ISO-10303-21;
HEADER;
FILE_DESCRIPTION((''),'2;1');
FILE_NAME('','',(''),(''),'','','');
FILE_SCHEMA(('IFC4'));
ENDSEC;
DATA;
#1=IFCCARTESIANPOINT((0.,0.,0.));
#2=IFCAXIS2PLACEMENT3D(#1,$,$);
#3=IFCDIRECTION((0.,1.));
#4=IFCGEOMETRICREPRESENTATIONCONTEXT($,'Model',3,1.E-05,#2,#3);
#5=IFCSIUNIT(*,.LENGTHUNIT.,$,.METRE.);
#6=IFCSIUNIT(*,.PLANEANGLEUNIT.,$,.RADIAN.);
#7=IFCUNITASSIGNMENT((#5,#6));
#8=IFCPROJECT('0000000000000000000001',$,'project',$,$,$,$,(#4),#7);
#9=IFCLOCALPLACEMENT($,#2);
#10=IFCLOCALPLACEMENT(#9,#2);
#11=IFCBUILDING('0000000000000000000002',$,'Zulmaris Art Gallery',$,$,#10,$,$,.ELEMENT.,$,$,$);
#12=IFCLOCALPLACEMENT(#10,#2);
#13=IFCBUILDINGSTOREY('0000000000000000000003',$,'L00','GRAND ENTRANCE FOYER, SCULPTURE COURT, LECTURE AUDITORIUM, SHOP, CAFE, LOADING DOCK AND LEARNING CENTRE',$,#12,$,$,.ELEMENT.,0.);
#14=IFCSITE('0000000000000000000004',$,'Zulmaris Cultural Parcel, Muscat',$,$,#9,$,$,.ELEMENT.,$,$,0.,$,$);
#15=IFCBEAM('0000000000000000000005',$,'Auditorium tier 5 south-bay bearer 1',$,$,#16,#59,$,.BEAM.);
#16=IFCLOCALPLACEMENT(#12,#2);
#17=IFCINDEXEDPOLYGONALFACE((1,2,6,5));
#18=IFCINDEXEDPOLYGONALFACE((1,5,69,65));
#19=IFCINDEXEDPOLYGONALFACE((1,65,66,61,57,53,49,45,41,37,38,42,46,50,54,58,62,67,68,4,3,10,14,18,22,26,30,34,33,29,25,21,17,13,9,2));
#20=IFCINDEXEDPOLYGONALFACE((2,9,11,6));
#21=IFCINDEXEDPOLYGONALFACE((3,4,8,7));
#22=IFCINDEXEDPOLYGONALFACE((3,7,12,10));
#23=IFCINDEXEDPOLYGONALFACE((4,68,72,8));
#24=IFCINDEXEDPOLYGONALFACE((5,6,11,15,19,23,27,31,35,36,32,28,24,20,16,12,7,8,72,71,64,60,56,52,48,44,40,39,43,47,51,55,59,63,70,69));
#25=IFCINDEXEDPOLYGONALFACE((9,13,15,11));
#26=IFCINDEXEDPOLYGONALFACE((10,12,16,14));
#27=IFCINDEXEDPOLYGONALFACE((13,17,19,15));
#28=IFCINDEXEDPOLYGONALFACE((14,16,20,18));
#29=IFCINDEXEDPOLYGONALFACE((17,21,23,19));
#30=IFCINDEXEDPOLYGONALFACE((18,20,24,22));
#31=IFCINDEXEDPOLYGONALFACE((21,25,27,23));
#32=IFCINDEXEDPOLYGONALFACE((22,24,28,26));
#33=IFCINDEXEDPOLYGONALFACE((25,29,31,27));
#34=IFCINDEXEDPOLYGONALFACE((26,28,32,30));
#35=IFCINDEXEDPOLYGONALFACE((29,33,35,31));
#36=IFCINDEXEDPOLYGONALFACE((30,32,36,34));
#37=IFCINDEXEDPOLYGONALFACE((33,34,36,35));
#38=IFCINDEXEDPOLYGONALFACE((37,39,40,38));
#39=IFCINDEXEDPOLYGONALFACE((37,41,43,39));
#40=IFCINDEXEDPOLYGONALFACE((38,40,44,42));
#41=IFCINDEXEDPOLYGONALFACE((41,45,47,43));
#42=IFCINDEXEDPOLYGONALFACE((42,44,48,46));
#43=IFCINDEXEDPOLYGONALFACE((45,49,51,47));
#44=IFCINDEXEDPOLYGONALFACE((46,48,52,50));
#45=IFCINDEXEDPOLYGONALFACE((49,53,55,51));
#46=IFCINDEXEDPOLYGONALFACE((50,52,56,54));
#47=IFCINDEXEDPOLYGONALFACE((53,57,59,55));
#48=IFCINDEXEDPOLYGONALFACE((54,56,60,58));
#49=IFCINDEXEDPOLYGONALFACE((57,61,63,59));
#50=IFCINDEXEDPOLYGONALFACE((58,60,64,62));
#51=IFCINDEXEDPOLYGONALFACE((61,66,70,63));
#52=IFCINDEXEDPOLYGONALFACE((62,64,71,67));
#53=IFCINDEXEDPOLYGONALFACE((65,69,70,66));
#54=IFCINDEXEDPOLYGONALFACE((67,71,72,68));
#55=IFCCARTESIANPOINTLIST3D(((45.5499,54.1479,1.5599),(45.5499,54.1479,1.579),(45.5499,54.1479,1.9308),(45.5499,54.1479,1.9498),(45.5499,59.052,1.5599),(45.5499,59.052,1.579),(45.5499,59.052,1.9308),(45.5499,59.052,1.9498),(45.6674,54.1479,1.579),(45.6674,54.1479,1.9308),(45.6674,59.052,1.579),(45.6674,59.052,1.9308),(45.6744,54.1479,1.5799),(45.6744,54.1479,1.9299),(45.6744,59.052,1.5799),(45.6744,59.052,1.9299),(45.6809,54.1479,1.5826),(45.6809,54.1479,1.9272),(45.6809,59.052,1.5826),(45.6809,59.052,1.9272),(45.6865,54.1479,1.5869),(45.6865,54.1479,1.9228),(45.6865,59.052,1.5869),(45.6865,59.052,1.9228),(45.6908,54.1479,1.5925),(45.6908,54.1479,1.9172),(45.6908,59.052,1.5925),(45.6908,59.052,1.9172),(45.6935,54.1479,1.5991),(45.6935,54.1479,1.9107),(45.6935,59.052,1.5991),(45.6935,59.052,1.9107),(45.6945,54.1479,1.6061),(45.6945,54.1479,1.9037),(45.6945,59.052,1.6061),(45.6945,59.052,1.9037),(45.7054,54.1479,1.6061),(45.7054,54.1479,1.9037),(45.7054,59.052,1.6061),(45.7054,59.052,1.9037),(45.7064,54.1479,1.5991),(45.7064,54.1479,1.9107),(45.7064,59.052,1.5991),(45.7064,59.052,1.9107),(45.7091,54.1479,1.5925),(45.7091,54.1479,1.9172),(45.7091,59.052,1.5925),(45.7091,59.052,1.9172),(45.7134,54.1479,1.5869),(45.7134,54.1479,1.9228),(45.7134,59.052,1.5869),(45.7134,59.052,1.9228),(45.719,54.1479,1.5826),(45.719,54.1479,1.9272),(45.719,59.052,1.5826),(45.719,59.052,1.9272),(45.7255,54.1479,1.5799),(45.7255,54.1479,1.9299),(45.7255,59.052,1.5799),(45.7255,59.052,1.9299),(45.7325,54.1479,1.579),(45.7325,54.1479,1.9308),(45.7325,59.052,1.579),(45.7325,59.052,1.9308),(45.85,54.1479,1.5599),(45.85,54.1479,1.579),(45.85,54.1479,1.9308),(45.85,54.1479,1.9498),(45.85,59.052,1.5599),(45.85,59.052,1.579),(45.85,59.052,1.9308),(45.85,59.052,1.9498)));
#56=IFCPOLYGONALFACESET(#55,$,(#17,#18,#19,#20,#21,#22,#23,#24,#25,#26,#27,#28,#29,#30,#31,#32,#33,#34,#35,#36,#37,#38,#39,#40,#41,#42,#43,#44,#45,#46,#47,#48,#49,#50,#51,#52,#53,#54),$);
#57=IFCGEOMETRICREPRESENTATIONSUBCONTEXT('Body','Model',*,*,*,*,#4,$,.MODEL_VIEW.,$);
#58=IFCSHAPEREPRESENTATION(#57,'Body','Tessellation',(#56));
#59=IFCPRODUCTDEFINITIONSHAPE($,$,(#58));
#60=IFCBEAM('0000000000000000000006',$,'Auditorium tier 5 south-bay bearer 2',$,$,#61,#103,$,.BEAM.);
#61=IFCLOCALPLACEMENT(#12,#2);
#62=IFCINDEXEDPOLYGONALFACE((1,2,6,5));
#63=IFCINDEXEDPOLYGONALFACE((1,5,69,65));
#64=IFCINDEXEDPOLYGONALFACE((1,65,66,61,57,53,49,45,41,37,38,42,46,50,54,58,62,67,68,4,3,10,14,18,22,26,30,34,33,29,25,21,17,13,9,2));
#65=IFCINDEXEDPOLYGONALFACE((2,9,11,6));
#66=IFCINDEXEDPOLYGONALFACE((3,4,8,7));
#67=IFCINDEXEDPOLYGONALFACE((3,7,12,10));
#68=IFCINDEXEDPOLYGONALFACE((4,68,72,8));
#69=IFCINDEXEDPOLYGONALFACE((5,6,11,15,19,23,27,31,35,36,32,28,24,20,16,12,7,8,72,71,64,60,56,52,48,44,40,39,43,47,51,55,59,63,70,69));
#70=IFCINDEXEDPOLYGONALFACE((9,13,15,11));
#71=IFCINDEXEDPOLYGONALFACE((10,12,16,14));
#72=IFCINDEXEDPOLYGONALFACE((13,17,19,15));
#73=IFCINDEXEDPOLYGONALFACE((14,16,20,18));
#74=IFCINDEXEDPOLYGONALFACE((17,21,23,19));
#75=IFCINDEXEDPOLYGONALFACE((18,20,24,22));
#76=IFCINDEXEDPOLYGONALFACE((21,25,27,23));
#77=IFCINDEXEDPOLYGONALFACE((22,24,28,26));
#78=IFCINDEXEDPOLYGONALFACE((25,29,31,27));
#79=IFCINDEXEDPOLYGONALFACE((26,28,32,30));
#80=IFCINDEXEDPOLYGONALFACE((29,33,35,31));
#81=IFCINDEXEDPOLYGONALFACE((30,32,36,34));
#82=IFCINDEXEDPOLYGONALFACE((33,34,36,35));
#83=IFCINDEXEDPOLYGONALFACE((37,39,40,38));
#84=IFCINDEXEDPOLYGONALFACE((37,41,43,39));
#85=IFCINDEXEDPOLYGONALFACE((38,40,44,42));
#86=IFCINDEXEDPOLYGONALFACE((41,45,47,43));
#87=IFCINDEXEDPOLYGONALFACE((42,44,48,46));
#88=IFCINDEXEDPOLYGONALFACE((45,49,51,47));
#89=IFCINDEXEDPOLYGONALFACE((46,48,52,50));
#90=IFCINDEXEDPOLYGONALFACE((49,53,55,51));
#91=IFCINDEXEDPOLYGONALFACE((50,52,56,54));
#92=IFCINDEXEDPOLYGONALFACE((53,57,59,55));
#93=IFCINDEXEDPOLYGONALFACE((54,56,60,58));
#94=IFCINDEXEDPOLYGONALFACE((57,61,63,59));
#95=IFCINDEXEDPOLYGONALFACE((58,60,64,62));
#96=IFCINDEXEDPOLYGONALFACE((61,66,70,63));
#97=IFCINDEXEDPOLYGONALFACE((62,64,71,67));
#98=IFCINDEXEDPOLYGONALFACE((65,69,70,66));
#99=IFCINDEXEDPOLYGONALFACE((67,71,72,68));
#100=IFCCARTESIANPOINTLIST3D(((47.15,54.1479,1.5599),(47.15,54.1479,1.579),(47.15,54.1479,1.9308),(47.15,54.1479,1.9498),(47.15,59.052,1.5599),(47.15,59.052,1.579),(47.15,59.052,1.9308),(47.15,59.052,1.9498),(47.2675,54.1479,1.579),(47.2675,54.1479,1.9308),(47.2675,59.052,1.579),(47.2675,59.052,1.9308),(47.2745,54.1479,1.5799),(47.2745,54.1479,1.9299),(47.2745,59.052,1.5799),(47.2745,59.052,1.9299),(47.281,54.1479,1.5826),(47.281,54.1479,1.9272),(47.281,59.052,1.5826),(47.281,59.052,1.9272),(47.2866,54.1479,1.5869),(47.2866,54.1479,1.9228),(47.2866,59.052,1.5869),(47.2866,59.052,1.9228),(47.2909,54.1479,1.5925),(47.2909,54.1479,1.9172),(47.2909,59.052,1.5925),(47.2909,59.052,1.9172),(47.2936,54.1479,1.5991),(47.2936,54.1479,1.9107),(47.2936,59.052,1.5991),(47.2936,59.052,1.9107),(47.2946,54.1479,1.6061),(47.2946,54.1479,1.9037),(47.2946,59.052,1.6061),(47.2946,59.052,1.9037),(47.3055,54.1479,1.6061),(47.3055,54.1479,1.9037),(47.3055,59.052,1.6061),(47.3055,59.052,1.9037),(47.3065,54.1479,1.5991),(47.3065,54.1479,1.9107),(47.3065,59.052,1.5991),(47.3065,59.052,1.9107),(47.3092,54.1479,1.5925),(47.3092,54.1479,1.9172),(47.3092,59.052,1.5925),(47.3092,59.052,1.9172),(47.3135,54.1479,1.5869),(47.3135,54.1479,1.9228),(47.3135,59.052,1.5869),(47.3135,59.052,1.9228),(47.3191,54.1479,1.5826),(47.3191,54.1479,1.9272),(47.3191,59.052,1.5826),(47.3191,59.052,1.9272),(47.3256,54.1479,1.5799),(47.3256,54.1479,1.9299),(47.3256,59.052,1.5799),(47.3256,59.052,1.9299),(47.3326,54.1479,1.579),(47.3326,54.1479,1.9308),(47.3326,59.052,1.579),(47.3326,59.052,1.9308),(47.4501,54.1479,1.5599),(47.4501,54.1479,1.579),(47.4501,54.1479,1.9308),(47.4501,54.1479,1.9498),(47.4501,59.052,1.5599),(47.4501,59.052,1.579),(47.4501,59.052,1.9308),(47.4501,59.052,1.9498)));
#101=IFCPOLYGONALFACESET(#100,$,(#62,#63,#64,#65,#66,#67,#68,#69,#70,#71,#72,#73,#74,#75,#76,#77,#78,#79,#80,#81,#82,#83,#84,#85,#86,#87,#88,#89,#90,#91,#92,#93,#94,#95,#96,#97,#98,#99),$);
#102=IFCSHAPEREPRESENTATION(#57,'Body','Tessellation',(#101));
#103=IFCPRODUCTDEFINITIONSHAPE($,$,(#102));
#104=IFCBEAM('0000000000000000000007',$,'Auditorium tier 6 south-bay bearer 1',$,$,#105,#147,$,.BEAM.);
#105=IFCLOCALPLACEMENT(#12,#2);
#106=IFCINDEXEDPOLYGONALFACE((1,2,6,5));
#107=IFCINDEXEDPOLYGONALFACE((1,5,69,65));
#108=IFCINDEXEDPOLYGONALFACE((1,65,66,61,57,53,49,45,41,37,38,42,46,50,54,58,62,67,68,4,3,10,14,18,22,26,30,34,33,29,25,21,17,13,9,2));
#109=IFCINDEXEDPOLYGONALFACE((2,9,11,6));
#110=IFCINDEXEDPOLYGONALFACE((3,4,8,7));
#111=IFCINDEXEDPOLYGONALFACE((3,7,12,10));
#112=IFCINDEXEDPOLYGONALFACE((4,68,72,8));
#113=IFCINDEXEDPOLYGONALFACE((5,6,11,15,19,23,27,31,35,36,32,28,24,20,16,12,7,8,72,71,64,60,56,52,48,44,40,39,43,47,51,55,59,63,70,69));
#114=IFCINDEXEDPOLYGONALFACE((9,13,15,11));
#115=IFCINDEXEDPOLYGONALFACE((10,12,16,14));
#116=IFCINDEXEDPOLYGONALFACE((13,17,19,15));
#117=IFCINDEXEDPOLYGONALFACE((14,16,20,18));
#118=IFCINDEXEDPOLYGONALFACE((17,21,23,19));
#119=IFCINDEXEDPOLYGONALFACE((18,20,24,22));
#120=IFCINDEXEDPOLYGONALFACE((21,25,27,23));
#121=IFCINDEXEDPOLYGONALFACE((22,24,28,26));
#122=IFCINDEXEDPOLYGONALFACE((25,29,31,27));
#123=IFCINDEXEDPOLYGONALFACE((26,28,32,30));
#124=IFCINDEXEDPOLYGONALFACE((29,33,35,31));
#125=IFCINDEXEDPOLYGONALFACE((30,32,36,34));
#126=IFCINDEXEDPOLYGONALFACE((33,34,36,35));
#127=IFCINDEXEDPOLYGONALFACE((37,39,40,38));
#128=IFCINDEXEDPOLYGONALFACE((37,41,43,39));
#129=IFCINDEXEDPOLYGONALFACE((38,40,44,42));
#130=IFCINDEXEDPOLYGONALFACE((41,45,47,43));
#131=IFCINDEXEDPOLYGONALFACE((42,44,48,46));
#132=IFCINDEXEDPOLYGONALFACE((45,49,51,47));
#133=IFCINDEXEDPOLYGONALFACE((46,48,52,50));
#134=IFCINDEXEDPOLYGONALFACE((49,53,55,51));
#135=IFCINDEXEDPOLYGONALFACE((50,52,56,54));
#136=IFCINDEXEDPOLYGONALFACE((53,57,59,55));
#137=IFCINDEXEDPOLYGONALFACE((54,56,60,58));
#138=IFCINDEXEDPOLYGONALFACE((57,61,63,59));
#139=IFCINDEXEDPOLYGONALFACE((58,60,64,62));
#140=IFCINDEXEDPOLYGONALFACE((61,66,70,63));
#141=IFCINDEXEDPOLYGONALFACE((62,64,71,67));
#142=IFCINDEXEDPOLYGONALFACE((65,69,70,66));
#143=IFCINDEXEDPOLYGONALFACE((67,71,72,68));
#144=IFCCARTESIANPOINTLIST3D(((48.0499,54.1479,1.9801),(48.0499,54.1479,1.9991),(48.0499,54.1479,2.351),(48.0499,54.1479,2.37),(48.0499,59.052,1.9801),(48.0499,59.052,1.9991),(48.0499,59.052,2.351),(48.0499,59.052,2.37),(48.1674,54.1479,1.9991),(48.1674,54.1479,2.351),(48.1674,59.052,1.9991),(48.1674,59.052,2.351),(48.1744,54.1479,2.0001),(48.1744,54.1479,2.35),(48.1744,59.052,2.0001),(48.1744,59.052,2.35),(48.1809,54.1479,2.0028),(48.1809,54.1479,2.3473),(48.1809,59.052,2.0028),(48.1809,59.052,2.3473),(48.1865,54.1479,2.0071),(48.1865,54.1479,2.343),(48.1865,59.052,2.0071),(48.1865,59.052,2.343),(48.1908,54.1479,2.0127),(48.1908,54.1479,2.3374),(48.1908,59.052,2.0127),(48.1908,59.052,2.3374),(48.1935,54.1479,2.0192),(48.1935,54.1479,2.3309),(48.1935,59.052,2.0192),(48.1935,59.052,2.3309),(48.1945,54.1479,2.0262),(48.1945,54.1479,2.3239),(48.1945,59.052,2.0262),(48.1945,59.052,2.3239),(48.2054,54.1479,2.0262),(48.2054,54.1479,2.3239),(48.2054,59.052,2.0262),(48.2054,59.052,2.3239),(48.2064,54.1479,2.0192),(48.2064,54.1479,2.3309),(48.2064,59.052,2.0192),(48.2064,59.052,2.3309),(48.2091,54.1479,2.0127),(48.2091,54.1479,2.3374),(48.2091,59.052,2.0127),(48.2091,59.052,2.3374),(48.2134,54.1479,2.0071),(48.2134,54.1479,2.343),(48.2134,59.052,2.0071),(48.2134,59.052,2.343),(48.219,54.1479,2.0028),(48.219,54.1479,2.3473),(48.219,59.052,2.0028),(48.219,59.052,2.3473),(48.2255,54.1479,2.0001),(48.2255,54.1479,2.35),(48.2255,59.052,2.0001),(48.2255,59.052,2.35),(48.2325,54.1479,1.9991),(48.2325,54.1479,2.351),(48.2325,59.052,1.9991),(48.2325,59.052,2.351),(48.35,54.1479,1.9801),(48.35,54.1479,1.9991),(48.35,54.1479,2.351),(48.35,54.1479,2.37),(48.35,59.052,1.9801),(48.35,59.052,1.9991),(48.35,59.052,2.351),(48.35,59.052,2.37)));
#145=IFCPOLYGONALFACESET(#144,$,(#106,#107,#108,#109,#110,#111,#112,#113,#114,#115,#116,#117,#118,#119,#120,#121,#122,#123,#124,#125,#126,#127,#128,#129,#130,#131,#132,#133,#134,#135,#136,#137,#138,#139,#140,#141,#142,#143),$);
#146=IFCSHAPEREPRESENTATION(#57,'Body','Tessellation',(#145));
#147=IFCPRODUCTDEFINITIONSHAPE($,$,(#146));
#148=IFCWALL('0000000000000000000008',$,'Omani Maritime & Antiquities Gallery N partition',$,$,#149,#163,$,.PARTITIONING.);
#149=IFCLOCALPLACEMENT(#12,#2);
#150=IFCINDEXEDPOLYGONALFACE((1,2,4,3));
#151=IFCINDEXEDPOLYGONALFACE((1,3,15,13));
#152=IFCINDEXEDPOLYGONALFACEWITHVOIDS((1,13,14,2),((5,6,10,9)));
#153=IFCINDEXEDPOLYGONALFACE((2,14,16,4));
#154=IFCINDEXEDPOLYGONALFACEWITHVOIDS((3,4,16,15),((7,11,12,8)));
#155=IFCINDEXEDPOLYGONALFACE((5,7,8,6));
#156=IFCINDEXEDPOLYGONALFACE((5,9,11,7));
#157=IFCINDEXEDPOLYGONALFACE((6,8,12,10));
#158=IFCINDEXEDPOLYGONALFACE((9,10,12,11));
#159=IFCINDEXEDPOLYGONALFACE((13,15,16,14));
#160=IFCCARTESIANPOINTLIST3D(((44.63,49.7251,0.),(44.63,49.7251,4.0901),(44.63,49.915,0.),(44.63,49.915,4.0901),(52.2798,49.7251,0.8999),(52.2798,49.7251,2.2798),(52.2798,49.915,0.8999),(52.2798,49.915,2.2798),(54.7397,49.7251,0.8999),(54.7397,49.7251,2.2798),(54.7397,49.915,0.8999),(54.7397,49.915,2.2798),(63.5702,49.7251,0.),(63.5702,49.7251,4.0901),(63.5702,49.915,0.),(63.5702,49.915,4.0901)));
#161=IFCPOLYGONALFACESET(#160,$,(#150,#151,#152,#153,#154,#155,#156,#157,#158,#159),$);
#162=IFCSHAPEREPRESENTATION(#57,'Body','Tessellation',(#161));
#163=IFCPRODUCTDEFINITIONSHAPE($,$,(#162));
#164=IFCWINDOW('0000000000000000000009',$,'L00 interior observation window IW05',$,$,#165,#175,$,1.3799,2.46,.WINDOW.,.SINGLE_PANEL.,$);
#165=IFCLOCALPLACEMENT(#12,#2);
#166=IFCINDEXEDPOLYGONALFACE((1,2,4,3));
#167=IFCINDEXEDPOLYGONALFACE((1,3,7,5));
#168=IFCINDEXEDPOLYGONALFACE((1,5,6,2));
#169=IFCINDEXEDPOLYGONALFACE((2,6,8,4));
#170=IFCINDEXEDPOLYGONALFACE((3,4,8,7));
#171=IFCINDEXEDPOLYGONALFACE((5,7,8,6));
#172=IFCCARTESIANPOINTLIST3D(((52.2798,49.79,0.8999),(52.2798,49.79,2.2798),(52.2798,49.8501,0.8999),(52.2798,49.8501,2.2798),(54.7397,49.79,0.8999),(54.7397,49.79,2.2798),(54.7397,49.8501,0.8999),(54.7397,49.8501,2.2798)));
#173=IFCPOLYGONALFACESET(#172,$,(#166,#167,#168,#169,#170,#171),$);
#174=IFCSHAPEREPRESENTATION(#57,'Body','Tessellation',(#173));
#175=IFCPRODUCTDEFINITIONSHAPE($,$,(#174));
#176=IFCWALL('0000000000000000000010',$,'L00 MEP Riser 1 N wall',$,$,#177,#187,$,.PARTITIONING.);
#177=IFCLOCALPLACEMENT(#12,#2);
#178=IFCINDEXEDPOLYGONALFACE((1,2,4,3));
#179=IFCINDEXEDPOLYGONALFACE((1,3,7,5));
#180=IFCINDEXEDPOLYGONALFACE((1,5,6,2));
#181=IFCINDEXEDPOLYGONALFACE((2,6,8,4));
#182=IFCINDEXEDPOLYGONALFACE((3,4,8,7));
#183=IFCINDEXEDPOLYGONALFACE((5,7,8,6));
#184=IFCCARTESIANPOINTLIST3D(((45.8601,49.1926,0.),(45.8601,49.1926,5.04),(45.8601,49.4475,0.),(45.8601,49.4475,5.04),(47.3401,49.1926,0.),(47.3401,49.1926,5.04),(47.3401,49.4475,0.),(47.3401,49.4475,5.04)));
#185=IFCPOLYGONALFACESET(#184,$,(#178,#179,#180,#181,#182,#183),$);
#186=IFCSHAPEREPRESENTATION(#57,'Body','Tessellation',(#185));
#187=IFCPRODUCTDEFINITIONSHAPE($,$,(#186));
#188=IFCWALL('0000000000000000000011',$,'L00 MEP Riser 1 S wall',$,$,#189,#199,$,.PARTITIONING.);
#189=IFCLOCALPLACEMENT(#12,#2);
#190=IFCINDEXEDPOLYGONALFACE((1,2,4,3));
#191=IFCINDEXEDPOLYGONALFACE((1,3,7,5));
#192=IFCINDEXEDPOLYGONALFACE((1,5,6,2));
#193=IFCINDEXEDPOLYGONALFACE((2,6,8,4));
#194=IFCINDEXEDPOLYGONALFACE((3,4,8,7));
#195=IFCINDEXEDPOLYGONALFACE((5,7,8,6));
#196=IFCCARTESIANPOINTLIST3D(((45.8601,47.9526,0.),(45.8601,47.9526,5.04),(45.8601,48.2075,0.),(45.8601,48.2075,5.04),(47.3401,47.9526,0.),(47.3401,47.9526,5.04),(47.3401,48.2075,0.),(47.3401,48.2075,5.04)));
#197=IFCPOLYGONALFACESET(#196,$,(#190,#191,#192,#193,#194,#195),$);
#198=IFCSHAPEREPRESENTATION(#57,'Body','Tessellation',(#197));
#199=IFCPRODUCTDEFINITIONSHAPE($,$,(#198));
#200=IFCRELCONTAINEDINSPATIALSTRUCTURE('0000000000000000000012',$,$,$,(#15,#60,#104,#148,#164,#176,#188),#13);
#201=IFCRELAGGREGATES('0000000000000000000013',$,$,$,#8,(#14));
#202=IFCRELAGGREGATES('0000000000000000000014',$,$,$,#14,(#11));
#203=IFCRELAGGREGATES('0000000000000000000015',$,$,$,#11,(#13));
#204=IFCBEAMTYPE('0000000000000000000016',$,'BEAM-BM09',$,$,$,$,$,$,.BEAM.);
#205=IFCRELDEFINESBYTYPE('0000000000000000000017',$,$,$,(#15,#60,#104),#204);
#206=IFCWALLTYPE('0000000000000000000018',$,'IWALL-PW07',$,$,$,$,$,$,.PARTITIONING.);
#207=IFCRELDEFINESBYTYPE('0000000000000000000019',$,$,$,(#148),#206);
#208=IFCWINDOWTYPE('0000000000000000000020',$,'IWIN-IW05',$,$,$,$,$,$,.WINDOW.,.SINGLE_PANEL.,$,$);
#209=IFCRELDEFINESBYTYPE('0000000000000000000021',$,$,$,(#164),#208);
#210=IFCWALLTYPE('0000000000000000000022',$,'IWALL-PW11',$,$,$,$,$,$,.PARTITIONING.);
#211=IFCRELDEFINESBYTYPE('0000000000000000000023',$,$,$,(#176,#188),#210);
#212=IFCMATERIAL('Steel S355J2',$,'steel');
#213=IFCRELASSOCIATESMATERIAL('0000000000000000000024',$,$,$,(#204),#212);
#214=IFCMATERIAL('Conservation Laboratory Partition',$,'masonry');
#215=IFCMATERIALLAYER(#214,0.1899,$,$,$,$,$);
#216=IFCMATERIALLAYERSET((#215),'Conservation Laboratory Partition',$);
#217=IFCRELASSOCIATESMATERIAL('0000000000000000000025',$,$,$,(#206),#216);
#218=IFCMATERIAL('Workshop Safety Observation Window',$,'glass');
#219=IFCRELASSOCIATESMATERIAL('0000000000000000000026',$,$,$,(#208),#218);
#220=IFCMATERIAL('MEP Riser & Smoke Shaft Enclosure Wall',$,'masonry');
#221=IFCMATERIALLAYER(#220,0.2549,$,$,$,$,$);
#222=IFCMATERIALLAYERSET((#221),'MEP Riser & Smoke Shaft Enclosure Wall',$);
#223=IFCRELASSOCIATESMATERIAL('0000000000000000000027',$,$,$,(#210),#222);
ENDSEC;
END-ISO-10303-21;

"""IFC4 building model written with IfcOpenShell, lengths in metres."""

from ifc_helpers import new_model, si_unit, direction, frame, frame_2d, origin, origin_2d, place, context, subcontext, project, spatial, rectangle, i_section, extrude, material, layer, layer_set, material_profile, profile_set, type_object, element, fill, save


model = new_model("IFC4")

# Units and contexts
model_context = context("Model", 3, precision=1e-05, world=origin(), true_north=direction((0.0, 1.0)))
body_context = subcontext(model_context, "Body", "Model", "MODEL_VIEW")
ifc_project = project(units=[si_unit("LENGTHUNIT", "METRE"), si_unit("PLANEANGLEUNIT", "RADIAN")], contexts=[model_context])

# Site, building, storey
site_placement = place(None, origin())
site = spatial("IfcSite", under=ifc_project, at=site_placement, Name="Zulmaris Cultural Parcel, Muscat", CompositionType="ELEMENT", RefElevation=0.0)
building_placement = place(site_placement, origin())
building = spatial("IfcBuilding", under=site, at=building_placement, Name="Zulmaris Art Gallery", CompositionType="ELEMENT")
storey_placement = place(building_placement, origin())
storey = spatial("IfcBuildingStorey", under=building, at=storey_placement, Name="L00", Description="GRAND ENTRANCE FOYER, SCULPTURE COURT, LECTURE AUDITORIUM, SHOP, CAFE, LOADING DOCK AND LEARNING CENTRE", CompositionType="ELEMENT", Elevation=0.0)

# Beams
ifc_material_1 = material(Name="Steel S355J2", Category="steel")
ifc_material_profile_1 = material_profile(ifc_material_1, i_section(OverallWidth=0.3, OverallDepth=0.3899, WebThickness=0.011, FlangeThickness=0.019, FilletRadius=0.0271, at=origin_2d()), Name="HEA 400")
ifc_profile_set_1 = profile_set([ifc_material_profile_1], Name="Steel S355J2")
beam_type_1 = type_object("IfcBeamType", Name="BEAM-BM09", PredefinedType="BEAM", material=ifc_profile_set_1)
for number, where, z_axis, x_axis, name in (
    (1, (45.7, 54.1479, 1.7549), (0.0, 1.0, 0.0), (-1.0, 0.0, 0.0), "Auditorium tier 5 south-bay bearer 1"),
    (2, (47.3, 54.1479, 1.7549), (0.0, 1.0, 0.0), (-1.0, 0.0, 0.0), "Auditorium tier 5 south-bay bearer 2"),
    (3, (48.2, 54.1479, 2.175), (0.0, 1.0, 0.0), (-1.0, 0.0, 0.0), "Auditorium tier 6 south-bay bearer 1"),
):
    element("IfcBeam", number, at=place(storey_placement, frame(where, z_axis=z_axis, x_axis=x_axis)), inside=storey, type_object=beam_type_1, Name=name, PredefinedType="BEAM", context=body_context, shape_type="SweptSolid", body=[
        extrude(i_section(OverallWidth=0.3, OverallDepth=0.3899, WebThickness=0.011, FlangeThickness=0.019, FilletRadius=0.0271, at=origin_2d()), origin(), (0.0, 0.0, 1.0), 4.9041),
    ])

# Wall, opening, window
ifc_material_2 = material(Name="Conservation Laboratory Partition", Category="masonry")
ifc_layer_1 = layer(ifc_material_2, 0.1899)
ifc_layer_set_1 = layer_set([ifc_layer_1], Name="Conservation Laboratory Partition")
wall_type_1 = type_object("IfcWallType", Name="IWALL-PW07", PredefinedType="PARTITIONING", material=ifc_layer_set_1)
wall_placement = place(storey_placement, frame((44.6299, 49.8201, 0.0), z_axis=(0.0, 0.0, 1.0), x_axis=(1.0, 0.0, 0.0)))
wall = element("IfcWall", 4, at=wall_placement, inside=storey, type_object=wall_type_1, Name="Omani Maritime & Antiquities Gallery N partition", PredefinedType="PARTITIONING", context=body_context, shape_type="SweptSolid", body=[
    extrude(rectangle(XDim=18.9402, YDim=0.1899, at=frame_2d((9.4702, 0.0))), origin(), (0.0, 0.0, 1.0), 4.0901),
])
opening_placement = place(wall_placement, frame((7.6499, 0.0, 0.8999)))
opening = element("IfcOpeningElement", 5, at=opening_placement, cuts=wall, PredefinedType="OPENING", context=body_context, shape_type="SweptSolid", body=[
    extrude(rectangle(XDim=2.46, YDim=1.3799, at=frame_2d((1.23, 0.6899))), frame((0.0, 0.105, 0.0), z_axis=(0.0, -1.0, 0.0), x_axis=(1.0, 0.0, 0.0)), (0.0, 0.0, 1.0), 0.21),
])
ifc_material_3 = material(Name="Workshop Safety Observation Window", Category="glass")
window_type = type_object("IfcWindowType", Name="IWIN-IW05", PartitioningType="SINGLE_PANEL", PredefinedType="WINDOW", material=ifc_material_3)
window_placement = place(opening_placement, origin())
window = element("IfcWindow", 6, at=window_placement, inside=storey, type_object=window_type, Name="L00 interior observation window IW05", OverallHeight=1.3799, OverallWidth=2.46, PartitioningType="SINGLE_PANEL", PredefinedType="WINDOW", context=body_context, shape_type="SweptSolid", body=[
    extrude(rectangle(XDim=2.46, YDim=1.3799, at=frame_2d((1.23, 0.6899))), frame((0.0, 0.03, 0.0), z_axis=(0.0, -1.0, 0.0), x_axis=(1.0, 0.0, 0.0)), (0.0, 0.0, 1.0), 0.0601),
])
fill(opening, window)

# Walls
ifc_material_4 = material(Name="MEP Riser & Smoke Shaft Enclosure Wall", Category="masonry")
ifc_layer_2 = layer(ifc_material_4, 0.2549)
ifc_layer_set_2 = layer_set([ifc_layer_2], Name="MEP Riser & Smoke Shaft Enclosure Wall")
wall_type_2 = type_object("IfcWallType", Name="IWALL-PW11", PredefinedType="PARTITIONING", material=ifc_layer_set_2)
for number, where, z_axis, x_axis, name in (
    (7, (45.8601, 49.3201, 0.0), (0.0, 0.0, 1.0), (1.0, 0.0, 0.0), "L00 MEP Riser 1 N wall"),
    (8, (45.8601, 48.0801, 0.0), (0.0, 0.0, 1.0), (1.0, 0.0, 0.0), "L00 MEP Riser 1 S wall"),
):
    element("IfcWall", number, at=place(storey_placement, frame(where, z_axis=z_axis, x_axis=x_axis)), inside=storey, type_object=wall_type_2, Name=name, PredefinedType="PARTITIONING", context=body_context, shape_type="SweptSolid", body=[
        extrude(rectangle(XDim=1.48, YDim=0.2549, at=frame_2d((0.74, 0.0))), origin(), (0.0, 0.0, 1.0), 5.04),
    ])

save(model, "model.ifc")
